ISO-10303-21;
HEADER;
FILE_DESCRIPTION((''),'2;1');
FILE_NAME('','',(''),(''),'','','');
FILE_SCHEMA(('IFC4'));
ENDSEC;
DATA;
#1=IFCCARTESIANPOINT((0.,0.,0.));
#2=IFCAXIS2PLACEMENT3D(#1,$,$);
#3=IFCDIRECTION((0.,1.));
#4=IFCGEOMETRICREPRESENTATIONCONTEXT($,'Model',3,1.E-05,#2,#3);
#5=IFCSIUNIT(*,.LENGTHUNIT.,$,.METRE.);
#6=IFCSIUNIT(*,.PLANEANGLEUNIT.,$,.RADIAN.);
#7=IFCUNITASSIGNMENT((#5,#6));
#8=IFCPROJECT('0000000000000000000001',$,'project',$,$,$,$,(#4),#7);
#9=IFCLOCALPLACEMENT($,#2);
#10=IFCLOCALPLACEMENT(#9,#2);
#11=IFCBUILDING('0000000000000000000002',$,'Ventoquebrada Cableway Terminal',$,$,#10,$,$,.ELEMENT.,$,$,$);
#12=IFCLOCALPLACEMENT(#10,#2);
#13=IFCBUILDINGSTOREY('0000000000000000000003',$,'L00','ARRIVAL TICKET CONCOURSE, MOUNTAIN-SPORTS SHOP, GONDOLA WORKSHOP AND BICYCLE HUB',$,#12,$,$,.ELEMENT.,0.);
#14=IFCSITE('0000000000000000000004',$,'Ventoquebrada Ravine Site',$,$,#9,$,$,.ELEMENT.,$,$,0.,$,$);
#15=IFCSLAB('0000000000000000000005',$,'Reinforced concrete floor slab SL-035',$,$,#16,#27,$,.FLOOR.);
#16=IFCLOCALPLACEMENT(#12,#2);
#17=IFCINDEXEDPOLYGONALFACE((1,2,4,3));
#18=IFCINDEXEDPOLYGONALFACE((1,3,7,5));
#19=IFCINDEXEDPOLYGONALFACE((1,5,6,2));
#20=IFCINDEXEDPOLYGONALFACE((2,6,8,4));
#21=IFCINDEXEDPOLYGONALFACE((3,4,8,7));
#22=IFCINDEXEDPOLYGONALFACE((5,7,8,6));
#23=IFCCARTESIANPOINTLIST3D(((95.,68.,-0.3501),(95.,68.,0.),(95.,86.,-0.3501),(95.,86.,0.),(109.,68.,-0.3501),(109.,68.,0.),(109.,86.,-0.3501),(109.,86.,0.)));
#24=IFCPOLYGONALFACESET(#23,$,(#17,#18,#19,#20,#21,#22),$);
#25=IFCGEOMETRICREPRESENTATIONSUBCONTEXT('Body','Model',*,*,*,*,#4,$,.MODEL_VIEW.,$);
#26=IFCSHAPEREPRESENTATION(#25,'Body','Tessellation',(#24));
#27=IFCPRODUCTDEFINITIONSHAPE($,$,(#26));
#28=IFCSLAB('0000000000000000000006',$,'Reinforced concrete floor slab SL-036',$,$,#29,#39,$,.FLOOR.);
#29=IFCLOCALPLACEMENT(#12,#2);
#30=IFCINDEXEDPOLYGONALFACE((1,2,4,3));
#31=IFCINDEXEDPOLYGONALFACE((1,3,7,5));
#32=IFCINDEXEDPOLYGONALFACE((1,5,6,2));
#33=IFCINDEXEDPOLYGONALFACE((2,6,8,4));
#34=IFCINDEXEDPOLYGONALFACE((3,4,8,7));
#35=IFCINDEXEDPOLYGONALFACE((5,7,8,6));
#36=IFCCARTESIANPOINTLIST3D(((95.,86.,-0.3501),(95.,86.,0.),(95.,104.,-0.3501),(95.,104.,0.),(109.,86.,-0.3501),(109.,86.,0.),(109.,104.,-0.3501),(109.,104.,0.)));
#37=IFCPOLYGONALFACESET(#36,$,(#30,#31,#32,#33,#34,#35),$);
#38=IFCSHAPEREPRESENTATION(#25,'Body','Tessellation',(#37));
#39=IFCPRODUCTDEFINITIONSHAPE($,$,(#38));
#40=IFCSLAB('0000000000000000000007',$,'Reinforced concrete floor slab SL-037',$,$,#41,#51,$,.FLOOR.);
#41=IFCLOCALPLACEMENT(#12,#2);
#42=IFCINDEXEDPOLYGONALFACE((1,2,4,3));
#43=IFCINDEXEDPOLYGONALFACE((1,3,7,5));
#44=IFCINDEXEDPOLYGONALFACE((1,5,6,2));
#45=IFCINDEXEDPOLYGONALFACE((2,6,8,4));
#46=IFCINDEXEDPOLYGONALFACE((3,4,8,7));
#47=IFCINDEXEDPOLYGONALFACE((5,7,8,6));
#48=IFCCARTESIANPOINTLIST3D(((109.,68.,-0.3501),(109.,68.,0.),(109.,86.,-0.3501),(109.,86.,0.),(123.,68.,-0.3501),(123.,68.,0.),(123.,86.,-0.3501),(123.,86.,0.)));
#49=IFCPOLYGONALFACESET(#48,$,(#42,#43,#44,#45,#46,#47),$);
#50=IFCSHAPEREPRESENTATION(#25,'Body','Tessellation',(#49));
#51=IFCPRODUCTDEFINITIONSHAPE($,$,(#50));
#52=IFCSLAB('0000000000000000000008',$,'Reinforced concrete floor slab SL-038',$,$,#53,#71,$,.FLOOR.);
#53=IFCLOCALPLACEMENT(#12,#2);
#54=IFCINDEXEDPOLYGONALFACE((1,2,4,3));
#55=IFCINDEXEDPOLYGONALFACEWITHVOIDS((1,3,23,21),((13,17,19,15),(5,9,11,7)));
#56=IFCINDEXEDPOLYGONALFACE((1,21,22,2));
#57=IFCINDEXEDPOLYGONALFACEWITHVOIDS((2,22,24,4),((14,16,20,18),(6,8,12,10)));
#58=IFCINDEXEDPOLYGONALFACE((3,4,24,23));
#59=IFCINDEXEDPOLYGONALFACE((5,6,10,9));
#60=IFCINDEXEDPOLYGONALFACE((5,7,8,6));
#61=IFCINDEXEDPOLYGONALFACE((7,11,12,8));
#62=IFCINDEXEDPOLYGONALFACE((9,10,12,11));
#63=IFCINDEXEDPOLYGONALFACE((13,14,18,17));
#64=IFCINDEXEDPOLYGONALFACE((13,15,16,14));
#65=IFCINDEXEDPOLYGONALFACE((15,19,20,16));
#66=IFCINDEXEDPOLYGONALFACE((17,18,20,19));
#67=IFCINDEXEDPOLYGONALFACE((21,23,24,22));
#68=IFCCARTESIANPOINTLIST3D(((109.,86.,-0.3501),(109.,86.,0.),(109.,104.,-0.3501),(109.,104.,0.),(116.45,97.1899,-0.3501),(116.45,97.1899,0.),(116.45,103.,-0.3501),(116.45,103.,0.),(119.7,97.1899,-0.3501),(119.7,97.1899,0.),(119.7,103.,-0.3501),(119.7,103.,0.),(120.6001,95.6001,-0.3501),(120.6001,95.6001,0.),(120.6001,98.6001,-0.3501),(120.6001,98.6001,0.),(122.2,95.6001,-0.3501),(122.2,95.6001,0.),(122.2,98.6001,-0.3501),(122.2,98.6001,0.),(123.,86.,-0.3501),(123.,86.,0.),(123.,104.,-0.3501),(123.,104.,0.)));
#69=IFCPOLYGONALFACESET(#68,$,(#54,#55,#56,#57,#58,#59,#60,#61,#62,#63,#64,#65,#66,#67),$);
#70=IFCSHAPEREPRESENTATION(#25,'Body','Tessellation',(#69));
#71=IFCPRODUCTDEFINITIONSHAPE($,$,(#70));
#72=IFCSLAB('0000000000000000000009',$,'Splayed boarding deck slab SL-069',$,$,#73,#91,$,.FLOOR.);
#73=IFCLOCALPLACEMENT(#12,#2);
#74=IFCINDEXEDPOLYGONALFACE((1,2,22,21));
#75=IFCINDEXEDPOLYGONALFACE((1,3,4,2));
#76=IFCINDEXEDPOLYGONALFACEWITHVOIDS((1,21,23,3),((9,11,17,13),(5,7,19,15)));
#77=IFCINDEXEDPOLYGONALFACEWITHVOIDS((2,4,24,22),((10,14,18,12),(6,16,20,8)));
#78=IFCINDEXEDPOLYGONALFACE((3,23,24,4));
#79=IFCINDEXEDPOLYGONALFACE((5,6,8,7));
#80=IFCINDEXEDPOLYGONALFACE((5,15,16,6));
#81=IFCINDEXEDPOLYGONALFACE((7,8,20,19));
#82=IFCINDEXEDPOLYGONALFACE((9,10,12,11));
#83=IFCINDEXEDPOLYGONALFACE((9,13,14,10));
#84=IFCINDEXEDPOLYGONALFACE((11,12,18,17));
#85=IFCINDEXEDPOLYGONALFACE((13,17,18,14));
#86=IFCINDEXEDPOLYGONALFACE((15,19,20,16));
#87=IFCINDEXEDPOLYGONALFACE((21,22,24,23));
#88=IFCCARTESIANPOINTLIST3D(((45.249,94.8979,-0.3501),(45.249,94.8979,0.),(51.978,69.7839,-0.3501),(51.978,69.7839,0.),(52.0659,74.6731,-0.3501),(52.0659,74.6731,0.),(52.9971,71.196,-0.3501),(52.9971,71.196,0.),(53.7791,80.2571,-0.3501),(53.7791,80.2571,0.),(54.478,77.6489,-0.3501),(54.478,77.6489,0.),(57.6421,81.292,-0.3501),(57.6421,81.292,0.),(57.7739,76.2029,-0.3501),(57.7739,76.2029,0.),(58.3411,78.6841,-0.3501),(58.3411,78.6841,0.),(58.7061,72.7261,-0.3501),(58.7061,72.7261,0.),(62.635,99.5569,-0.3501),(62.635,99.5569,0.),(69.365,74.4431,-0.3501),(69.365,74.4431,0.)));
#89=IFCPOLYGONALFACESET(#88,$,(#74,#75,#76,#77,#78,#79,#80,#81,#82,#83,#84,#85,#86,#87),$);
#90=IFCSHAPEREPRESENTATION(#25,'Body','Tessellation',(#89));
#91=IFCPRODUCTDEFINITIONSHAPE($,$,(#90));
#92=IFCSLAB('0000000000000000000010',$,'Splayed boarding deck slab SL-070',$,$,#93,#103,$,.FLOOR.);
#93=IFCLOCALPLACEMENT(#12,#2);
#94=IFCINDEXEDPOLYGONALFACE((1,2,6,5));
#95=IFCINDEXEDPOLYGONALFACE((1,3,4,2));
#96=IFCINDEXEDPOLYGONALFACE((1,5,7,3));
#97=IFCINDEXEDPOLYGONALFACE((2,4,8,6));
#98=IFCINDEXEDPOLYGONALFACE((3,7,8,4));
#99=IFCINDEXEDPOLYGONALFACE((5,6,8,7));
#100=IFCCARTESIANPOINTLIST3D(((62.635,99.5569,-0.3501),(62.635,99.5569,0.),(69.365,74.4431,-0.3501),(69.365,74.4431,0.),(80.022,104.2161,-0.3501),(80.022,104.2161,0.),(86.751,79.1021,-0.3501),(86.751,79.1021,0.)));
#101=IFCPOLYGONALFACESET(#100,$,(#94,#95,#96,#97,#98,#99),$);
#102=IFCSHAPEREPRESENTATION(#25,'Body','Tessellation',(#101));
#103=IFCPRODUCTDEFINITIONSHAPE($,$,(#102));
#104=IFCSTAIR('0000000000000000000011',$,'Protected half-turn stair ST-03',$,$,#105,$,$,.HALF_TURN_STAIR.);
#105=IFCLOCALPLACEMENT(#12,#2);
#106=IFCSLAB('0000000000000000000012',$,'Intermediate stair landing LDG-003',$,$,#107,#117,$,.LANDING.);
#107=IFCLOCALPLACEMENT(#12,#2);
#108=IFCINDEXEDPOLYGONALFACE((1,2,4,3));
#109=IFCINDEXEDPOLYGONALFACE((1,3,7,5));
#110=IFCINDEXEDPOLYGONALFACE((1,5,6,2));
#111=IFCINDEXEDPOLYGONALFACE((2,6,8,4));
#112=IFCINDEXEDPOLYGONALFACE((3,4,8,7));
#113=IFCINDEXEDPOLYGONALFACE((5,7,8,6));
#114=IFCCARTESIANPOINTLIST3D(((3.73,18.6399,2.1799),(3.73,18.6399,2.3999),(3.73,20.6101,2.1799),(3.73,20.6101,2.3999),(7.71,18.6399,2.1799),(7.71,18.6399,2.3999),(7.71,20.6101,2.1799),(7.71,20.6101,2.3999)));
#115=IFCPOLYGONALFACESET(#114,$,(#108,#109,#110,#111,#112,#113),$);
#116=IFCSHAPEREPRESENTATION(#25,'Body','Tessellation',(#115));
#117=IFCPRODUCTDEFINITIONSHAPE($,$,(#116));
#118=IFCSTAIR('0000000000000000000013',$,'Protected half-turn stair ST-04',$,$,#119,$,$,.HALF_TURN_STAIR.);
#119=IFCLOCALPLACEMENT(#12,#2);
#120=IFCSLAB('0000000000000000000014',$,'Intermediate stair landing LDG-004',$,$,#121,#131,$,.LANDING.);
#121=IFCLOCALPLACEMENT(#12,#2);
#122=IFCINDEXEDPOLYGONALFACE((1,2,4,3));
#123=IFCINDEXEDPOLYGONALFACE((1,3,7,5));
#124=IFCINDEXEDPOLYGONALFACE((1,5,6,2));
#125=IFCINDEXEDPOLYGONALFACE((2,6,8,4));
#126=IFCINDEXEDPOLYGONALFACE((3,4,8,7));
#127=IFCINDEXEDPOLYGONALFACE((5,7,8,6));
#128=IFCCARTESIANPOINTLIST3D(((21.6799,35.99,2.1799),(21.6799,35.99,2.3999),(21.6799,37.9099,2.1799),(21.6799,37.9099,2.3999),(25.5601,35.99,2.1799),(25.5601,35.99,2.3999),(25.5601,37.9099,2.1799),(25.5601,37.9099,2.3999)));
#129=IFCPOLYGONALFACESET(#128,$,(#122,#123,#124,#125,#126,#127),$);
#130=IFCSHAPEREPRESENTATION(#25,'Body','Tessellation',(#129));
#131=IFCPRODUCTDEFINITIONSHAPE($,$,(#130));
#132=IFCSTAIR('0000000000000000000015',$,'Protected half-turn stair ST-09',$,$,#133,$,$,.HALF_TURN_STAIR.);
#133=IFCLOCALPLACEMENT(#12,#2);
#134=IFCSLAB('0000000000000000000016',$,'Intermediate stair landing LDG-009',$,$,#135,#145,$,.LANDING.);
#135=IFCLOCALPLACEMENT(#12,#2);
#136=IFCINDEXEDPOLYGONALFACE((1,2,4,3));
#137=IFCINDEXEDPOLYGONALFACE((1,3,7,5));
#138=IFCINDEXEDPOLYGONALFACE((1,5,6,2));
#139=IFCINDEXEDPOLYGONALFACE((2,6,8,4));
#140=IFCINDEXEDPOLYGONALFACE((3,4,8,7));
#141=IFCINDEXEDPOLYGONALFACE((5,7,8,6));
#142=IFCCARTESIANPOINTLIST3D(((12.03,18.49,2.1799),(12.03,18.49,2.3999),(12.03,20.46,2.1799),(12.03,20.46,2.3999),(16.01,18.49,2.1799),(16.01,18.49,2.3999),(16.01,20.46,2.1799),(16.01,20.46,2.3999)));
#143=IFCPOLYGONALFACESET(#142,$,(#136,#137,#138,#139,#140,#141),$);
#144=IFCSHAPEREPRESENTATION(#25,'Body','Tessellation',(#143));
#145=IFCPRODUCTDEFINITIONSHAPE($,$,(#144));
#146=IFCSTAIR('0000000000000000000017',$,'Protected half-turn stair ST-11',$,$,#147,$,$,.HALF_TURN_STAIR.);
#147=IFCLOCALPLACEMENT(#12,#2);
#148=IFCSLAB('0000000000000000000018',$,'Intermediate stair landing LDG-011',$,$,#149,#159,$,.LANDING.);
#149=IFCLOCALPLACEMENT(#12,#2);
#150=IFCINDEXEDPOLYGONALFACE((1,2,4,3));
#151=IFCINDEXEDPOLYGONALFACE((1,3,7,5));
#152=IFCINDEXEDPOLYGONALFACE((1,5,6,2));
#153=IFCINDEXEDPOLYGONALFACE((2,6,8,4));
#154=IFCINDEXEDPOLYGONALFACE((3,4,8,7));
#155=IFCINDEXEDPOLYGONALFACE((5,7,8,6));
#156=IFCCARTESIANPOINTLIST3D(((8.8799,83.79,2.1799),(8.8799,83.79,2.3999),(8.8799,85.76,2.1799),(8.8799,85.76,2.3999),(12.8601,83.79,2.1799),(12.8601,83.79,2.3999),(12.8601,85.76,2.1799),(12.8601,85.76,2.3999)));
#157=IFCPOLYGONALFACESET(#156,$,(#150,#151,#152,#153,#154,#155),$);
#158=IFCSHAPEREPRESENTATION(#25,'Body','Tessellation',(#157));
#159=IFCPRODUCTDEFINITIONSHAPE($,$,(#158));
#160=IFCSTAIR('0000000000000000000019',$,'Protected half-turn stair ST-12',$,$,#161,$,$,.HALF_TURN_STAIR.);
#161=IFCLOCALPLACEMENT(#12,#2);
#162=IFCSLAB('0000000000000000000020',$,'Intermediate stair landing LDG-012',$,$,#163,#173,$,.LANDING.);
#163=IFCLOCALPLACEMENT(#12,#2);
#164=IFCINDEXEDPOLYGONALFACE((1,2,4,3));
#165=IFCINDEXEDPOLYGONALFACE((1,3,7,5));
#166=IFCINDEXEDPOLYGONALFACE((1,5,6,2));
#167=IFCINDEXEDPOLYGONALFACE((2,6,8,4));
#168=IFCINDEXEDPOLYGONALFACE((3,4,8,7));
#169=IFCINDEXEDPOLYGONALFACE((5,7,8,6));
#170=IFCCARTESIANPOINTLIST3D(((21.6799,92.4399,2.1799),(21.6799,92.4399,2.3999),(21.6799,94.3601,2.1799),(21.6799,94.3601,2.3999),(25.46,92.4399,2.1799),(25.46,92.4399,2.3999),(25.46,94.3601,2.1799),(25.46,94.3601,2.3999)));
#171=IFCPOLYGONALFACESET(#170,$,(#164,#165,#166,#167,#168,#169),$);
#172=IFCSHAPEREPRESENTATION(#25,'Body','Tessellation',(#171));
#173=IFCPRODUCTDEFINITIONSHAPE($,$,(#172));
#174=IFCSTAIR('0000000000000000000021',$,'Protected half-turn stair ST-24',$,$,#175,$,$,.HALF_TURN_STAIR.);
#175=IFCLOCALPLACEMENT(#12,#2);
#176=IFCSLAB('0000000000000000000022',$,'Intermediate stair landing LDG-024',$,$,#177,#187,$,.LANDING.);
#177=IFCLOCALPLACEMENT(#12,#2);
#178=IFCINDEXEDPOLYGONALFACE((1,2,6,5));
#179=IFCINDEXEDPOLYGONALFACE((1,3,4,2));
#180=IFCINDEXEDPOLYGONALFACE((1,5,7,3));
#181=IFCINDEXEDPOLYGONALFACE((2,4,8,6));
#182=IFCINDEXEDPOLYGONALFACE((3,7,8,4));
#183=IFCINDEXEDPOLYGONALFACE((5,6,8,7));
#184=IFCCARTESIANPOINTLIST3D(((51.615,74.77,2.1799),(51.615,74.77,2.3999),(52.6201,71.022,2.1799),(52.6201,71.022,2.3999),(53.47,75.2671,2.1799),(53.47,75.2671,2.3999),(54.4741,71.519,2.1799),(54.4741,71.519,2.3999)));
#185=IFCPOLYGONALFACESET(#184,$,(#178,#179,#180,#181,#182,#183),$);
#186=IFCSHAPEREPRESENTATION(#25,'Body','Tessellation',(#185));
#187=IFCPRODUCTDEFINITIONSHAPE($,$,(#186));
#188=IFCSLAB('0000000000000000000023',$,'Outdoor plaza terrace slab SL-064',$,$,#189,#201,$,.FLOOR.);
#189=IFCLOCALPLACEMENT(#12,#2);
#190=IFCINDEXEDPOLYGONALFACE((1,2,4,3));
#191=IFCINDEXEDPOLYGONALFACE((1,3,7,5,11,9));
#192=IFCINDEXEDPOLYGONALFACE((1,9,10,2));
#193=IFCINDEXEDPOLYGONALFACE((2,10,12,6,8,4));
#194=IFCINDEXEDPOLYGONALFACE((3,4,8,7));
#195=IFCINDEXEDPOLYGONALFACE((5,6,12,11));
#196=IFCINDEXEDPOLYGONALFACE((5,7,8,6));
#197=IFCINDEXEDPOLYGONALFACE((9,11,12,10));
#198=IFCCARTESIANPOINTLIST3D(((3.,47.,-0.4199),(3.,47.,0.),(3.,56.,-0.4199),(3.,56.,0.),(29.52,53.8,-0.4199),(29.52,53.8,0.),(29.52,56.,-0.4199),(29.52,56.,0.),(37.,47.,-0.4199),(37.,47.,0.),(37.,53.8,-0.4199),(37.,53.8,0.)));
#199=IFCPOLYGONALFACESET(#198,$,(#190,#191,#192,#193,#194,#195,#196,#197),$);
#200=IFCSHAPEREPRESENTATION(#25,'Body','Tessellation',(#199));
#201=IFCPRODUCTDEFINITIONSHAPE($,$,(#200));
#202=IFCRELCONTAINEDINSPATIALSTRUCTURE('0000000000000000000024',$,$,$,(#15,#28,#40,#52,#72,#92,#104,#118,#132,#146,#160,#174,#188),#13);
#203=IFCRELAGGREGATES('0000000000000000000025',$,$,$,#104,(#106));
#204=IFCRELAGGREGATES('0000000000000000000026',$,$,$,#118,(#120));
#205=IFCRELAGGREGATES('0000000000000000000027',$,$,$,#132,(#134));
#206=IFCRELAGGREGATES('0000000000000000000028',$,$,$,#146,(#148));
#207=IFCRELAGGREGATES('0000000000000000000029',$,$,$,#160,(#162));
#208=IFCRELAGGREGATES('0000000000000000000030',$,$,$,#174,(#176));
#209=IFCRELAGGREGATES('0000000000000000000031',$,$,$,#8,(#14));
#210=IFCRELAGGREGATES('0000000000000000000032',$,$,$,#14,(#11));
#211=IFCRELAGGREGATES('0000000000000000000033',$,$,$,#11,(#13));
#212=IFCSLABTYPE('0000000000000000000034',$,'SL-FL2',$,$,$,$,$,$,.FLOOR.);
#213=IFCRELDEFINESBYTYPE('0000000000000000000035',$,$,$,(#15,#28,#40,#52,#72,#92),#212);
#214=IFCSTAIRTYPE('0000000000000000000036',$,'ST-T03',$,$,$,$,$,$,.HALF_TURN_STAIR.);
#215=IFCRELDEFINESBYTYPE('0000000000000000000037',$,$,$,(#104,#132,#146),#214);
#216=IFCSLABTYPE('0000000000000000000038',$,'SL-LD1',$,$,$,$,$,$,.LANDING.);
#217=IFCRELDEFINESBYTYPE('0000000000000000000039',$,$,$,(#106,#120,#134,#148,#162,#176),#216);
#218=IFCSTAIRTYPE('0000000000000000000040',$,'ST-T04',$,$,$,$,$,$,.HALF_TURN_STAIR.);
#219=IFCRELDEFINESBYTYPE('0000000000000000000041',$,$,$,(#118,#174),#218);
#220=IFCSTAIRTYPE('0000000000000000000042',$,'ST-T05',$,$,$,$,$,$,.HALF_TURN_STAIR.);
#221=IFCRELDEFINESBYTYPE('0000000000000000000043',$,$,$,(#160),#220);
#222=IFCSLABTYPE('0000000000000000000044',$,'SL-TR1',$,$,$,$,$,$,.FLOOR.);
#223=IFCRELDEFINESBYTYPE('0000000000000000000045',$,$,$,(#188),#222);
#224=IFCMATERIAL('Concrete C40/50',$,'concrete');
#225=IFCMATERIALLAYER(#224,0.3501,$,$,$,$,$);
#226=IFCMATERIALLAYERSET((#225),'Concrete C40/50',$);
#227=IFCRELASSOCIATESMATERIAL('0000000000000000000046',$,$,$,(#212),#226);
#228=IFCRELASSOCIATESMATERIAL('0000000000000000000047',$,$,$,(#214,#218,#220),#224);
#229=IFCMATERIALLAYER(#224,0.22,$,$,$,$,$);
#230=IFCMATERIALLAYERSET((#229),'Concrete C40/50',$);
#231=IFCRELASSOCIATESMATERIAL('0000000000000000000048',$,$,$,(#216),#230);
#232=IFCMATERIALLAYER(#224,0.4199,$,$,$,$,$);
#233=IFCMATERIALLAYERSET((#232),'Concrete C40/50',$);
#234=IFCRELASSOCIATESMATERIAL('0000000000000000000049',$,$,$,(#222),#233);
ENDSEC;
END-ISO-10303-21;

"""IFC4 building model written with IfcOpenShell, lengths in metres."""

from ifc_helpers import new_model, si_unit, direction, frame, origin, place, context, subcontext, project, spatial, polyline, outline, extrude, material, layer, layer_set, type_object, element, aggregate, save


model = new_model("IFC4")

# Units and contexts
model_context = context("Model", 3, precision=1e-05, world=origin(), true_north=direction((0.0, 1.0)))
body_context = subcontext(model_context, "Body", "Model", "MODEL_VIEW")
ifc_project = project(units=[si_unit("LENGTHUNIT", "METRE"), si_unit("PLANEANGLEUNIT", "RADIAN")], contexts=[model_context])

# Site, building, storey
site_placement = place(None, origin())
site = spatial("IfcSite", under=ifc_project, at=site_placement, Name="Ventoquebrada Ravine Site", CompositionType="ELEMENT", RefElevation=0.0)
building_placement = place(site_placement, origin())
building = spatial("IfcBuilding", under=site, at=building_placement, Name="Ventoquebrada Cableway Terminal", CompositionType="ELEMENT")
storey_placement = place(building_placement, origin())
storey = spatial("IfcBuildingStorey", under=building, at=storey_placement, Name="L00", Description="ARRIVAL TICKET CONCOURSE, MOUNTAIN-SPORTS SHOP, GONDOLA WORKSHOP AND BICYCLE HUB", CompositionType="ELEMENT", Elevation=0.0)

# Slabs
ifc_material = material(Name="Concrete C40/50", Category="concrete")
ifc_layer_1 = layer(ifc_material, 0.3501)
ifc_layer_set_1 = layer_set([ifc_layer_1], Name="Concrete C40/50")
slab_type_1 = type_object("IfcSlabType", Name="SL-FL2", PredefinedType="FLOOR", material=ifc_layer_set_1)
slab_1_placement = place(storey_placement, frame((0.0, 0.0, -0.3501)))
element("IfcSlab", 1, at=slab_1_placement, inside=storey, type_object=slab_type_1, Name="Reinforced concrete floor slab SL-035", PredefinedType="FLOOR", context=body_context, shape_type="SweptSolid", body=[
    extrude(outline(polyline([(109.0, 68.0), (109.0, 86.0), (95.0, 86.0), (95.0, 68.0), (109.0, 68.0)])), origin(), (0.0, 0.0, 1.0), 0.3501),
])
slab_2_placement = place(storey_placement, frame((0.0, 0.0, -0.3501)))
element("IfcSlab", 2, at=slab_2_placement, inside=storey, type_object=slab_type_1, Name="Reinforced concrete floor slab SL-036", PredefinedType="FLOOR", context=body_context, shape_type="SweptSolid", body=[
    extrude(outline(polyline([(109.0, 86.0), (109.0, 104.0), (95.0, 104.0), (95.0, 86.0), (109.0, 86.0)])), origin(), (0.0, 0.0, 1.0), 0.3501),
])
slab_3_placement = place(storey_placement, frame((0.0, 0.0, -0.3501)))
element("IfcSlab", 3, at=slab_3_placement, inside=storey, type_object=slab_type_1, Name="Reinforced concrete floor slab SL-037", PredefinedType="FLOOR", context=body_context, shape_type="SweptSolid", body=[
    extrude(outline(polyline([(123.0, 68.0), (123.0, 86.0), (109.0, 86.0), (109.0, 68.0), (123.0, 68.0)])), origin(), (0.0, 0.0, 1.0), 0.3501),
])
slab_4_placement = place(storey_placement, frame((0.0, 0.0, -0.3501)))
element("IfcSlab", 4, at=slab_4_placement, inside=storey, type_object=slab_type_1, Name="Reinforced concrete floor slab SL-038", PredefinedType="FLOOR", context=body_context, shape_type="SweptSolid", body=[
    extrude(outline(polyline([(109.0, 86.0), (123.0, 86.0), (123.0, 104.0), (109.0, 104.0), (109.0, 86.0)]), holes=[polyline([(119.7, 103.0), (119.7, 97.1899), (116.45, 97.1899), (116.45, 103.0), (119.7, 103.0)]), polyline([(122.2, 95.6001), (120.6001, 95.6001), (120.6001, 98.6001), (122.2, 98.6001), (122.2, 95.6001)])]), origin(), (0.0, 0.0, 1.0), 0.3501),
])
slab_5_placement = place(storey_placement, frame((0.0, 0.0, -0.3501)))
element("IfcSlab", 5, at=slab_5_placement, inside=storey, type_object=slab_type_1, Name="Splayed boarding deck slab SL-069", PredefinedType="FLOOR", context=body_context, shape_type="SweptSolid", body=[
    extrude(outline(polyline([(45.249, 94.8979), (51.978, 69.7839), (69.365, 74.4431), (62.635, 99.5569), (45.249, 94.8979)]), holes=[polyline([(58.7061, 72.7261), (52.9971, 71.196), (52.0659, 74.6731), (57.7739, 76.2029), (58.7061, 72.7261)]), polyline([(54.478, 77.6489), (53.7791, 80.2571), (57.6421, 81.292), (58.3411, 78.6841), (54.478, 77.6489)])]), origin(), (0.0, 0.0, 1.0), 0.3501),
])
slab_6_placement = place(storey_placement, frame((0.0, 0.0, -0.3501)))
element("IfcSlab", 6, at=slab_6_placement, inside=storey, type_object=slab_type_1, Name="Splayed boarding deck slab SL-070", PredefinedType="FLOOR", context=body_context, shape_type="SweptSolid", body=[
    extrude(outline(polyline([(69.365, 74.4431), (86.751, 79.1021), (80.022, 104.2161), (62.635, 99.5569), (69.365, 74.4431)])), origin(), (0.0, 0.0, 1.0), 0.3501),
])

# Stairs, slabs
stair_type_1 = type_object("IfcStairType", Name="ST-T03", PredefinedType="HALF_TURN_STAIR", material=ifc_material)
stair_1_placement = place(storey_placement, origin())
stair_1 = element("IfcStair", 7, at=stair_1_placement, inside=storey, type_object=stair_type_1, Name="Protected half-turn stair ST-03", PredefinedType="HALF_TURN_STAIR")
ifc_layer_2 = layer(ifc_material, 0.22)
ifc_layer_set_2 = layer_set([ifc_layer_2], Name="Concrete C40/50")
slab_type_2 = type_object("IfcSlabType", Name="SL-LD1", PredefinedType="LANDING", material=ifc_layer_set_2)
slab_7_placement = place(storey_placement, frame((0.0, 0.0, 2.1799)))
slab_7 = element("IfcSlab", 8, at=slab_7_placement, type_object=slab_type_2, Name="Intermediate stair landing LDG-003", PredefinedType="LANDING", context=body_context, shape_type="SweptSolid", body=[
    extrude(outline(polyline([(7.71, 18.6399), (7.71, 20.6101), (3.73, 20.6101), (3.73, 18.6399), (7.71, 18.6399)])), origin(), (0.0, 0.0, 1.0), 0.22),
])
aggregate(stair_1, [slab_7])
stair_type_2 = type_object("IfcStairType", Name="ST-T04", PredefinedType="HALF_TURN_STAIR", material=ifc_material)
stair_2_placement = place(storey_placement, origin())
stair_2 = element("IfcStair", 9, at=stair_2_placement, inside=storey, type_object=stair_type_2, Name="Protected half-turn stair ST-04", PredefinedType="HALF_TURN_STAIR")
slab_8_placement = place(storey_placement, frame((0.0, 0.0, 2.1799)))
slab_8 = element("IfcSlab", 10, at=slab_8_placement, type_object=slab_type_2, Name="Intermediate stair landing LDG-004", PredefinedType="LANDING", context=body_context, shape_type="SweptSolid", body=[
    extrude(outline(polyline([(25.5601, 35.99), (25.5601, 37.9099), (21.6799, 37.9099), (21.6799, 35.99), (25.5601, 35.99)])), origin(), (0.0, 0.0, 1.0), 0.22),
])
aggregate(stair_2, [slab_8])
stair_3_placement = place(storey_placement, origin())
stair_3 = element("IfcStair", 11, at=stair_3_placement, inside=storey, type_object=stair_type_1, Name="Protected half-turn stair ST-09", PredefinedType="HALF_TURN_STAIR")
slab_9_placement = place(storey_placement, frame((0.0, 0.0, 2.1799)))
slab_9 = element("IfcSlab", 12, at=slab_9_placement, type_object=slab_type_2, Name="Intermediate stair landing LDG-009", PredefinedType="LANDING", context=body_context, shape_type="SweptSolid", body=[
    extrude(outline(polyline([(16.01, 18.49), (16.01, 20.46), (12.03, 20.46), (12.03, 18.49), (16.01, 18.49)])), origin(), (0.0, 0.0, 1.0), 0.22),
])
aggregate(stair_3, [slab_9])
stair_4_placement = place(storey_placement, origin())
stair_4 = element("IfcStair", 13, at=stair_4_placement, inside=storey, type_object=stair_type_1, Name="Protected half-turn stair ST-11", PredefinedType="HALF_TURN_STAIR")
slab_10_placement = place(storey_placement, frame((0.0, 0.0, 2.1799)))
slab_10 = element("IfcSlab", 14, at=slab_10_placement, type_object=slab_type_2, Name="Intermediate stair landing LDG-011", PredefinedType="LANDING", context=body_context, shape_type="SweptSolid", body=[
    extrude(outline(polyline([(12.8601, 83.79), (12.8601, 85.76), (8.8799, 85.76), (8.8799, 83.79), (12.8601, 83.79)])), origin(), (0.0, 0.0, 1.0), 0.22),
])
aggregate(stair_4, [slab_10])
stair_type_3 = type_object("IfcStairType", Name="ST-T05", PredefinedType="HALF_TURN_STAIR", material=ifc_material)
stair_5_placement = place(storey_placement, origin())
stair_5 = element("IfcStair", 15, at=stair_5_placement, inside=storey, type_object=stair_type_3, Name="Protected half-turn stair ST-12", PredefinedType="HALF_TURN_STAIR")
slab_11_placement = place(storey_placement, frame((0.0, 0.0, 2.1799)))
slab_11 = element("IfcSlab", 16, at=slab_11_placement, type_object=slab_type_2, Name="Intermediate stair landing LDG-012", PredefinedType="LANDING", context=body_context, shape_type="SweptSolid", body=[
    extrude(outline(polyline([(25.46, 92.4399), (25.46, 94.3601), (21.6799, 94.3601), (21.6799, 92.4399), (25.46, 92.4399)])), origin(), (0.0, 0.0, 1.0), 0.22),
])
aggregate(stair_5, [slab_11])
stair_6_placement = place(storey_placement, origin())
stair_6 = element("IfcStair", 17, at=stair_6_placement, inside=storey, type_object=stair_type_2, Name="Protected half-turn stair ST-24", PredefinedType="HALF_TURN_STAIR")
slab_12_placement = place(storey_placement, frame((0.0, 0.0, 2.1799)))
slab_12 = element("IfcSlab", 18, at=slab_12_placement, type_object=slab_type_2, Name="Intermediate stair landing LDG-024", PredefinedType="LANDING", context=body_context, shape_type="SweptSolid", body=[
    extrude(outline(polyline([(53.47, 75.2671), (51.615, 74.77), (52.6201, 71.022), (54.4741, 71.519), (53.47, 75.2671)])), origin(), (0.0, 0.0, 1.0), 0.22),
])
aggregate(stair_6, [slab_12])

# Slab
ifc_layer_3 = layer(ifc_material, 0.4199)
ifc_layer_set_3 = layer_set([ifc_layer_3], Name="Concrete C40/50")
slab_type_3 = type_object("IfcSlabType", Name="SL-TR1", PredefinedType="FLOOR", material=ifc_layer_set_3)
slab_13_placement = place(storey_placement, frame((0.0, 0.0, -0.4199)))
element("IfcSlab", 19, at=slab_13_placement, inside=storey, type_object=slab_type_3, Name="Outdoor plaza terrace slab SL-064", PredefinedType="FLOOR", context=body_context, shape_type="SweptSolid", body=[
    extrude(outline(polyline([(37.0, 53.8), (29.52, 53.8), (29.52, 56.0), (3.0, 56.0), (3.0, 47.0), (37.0, 47.0), (37.0, 53.8)])), origin(), (0.0, 0.0, 1.0), 0.4199),
])

save(model, "model.ifc")
